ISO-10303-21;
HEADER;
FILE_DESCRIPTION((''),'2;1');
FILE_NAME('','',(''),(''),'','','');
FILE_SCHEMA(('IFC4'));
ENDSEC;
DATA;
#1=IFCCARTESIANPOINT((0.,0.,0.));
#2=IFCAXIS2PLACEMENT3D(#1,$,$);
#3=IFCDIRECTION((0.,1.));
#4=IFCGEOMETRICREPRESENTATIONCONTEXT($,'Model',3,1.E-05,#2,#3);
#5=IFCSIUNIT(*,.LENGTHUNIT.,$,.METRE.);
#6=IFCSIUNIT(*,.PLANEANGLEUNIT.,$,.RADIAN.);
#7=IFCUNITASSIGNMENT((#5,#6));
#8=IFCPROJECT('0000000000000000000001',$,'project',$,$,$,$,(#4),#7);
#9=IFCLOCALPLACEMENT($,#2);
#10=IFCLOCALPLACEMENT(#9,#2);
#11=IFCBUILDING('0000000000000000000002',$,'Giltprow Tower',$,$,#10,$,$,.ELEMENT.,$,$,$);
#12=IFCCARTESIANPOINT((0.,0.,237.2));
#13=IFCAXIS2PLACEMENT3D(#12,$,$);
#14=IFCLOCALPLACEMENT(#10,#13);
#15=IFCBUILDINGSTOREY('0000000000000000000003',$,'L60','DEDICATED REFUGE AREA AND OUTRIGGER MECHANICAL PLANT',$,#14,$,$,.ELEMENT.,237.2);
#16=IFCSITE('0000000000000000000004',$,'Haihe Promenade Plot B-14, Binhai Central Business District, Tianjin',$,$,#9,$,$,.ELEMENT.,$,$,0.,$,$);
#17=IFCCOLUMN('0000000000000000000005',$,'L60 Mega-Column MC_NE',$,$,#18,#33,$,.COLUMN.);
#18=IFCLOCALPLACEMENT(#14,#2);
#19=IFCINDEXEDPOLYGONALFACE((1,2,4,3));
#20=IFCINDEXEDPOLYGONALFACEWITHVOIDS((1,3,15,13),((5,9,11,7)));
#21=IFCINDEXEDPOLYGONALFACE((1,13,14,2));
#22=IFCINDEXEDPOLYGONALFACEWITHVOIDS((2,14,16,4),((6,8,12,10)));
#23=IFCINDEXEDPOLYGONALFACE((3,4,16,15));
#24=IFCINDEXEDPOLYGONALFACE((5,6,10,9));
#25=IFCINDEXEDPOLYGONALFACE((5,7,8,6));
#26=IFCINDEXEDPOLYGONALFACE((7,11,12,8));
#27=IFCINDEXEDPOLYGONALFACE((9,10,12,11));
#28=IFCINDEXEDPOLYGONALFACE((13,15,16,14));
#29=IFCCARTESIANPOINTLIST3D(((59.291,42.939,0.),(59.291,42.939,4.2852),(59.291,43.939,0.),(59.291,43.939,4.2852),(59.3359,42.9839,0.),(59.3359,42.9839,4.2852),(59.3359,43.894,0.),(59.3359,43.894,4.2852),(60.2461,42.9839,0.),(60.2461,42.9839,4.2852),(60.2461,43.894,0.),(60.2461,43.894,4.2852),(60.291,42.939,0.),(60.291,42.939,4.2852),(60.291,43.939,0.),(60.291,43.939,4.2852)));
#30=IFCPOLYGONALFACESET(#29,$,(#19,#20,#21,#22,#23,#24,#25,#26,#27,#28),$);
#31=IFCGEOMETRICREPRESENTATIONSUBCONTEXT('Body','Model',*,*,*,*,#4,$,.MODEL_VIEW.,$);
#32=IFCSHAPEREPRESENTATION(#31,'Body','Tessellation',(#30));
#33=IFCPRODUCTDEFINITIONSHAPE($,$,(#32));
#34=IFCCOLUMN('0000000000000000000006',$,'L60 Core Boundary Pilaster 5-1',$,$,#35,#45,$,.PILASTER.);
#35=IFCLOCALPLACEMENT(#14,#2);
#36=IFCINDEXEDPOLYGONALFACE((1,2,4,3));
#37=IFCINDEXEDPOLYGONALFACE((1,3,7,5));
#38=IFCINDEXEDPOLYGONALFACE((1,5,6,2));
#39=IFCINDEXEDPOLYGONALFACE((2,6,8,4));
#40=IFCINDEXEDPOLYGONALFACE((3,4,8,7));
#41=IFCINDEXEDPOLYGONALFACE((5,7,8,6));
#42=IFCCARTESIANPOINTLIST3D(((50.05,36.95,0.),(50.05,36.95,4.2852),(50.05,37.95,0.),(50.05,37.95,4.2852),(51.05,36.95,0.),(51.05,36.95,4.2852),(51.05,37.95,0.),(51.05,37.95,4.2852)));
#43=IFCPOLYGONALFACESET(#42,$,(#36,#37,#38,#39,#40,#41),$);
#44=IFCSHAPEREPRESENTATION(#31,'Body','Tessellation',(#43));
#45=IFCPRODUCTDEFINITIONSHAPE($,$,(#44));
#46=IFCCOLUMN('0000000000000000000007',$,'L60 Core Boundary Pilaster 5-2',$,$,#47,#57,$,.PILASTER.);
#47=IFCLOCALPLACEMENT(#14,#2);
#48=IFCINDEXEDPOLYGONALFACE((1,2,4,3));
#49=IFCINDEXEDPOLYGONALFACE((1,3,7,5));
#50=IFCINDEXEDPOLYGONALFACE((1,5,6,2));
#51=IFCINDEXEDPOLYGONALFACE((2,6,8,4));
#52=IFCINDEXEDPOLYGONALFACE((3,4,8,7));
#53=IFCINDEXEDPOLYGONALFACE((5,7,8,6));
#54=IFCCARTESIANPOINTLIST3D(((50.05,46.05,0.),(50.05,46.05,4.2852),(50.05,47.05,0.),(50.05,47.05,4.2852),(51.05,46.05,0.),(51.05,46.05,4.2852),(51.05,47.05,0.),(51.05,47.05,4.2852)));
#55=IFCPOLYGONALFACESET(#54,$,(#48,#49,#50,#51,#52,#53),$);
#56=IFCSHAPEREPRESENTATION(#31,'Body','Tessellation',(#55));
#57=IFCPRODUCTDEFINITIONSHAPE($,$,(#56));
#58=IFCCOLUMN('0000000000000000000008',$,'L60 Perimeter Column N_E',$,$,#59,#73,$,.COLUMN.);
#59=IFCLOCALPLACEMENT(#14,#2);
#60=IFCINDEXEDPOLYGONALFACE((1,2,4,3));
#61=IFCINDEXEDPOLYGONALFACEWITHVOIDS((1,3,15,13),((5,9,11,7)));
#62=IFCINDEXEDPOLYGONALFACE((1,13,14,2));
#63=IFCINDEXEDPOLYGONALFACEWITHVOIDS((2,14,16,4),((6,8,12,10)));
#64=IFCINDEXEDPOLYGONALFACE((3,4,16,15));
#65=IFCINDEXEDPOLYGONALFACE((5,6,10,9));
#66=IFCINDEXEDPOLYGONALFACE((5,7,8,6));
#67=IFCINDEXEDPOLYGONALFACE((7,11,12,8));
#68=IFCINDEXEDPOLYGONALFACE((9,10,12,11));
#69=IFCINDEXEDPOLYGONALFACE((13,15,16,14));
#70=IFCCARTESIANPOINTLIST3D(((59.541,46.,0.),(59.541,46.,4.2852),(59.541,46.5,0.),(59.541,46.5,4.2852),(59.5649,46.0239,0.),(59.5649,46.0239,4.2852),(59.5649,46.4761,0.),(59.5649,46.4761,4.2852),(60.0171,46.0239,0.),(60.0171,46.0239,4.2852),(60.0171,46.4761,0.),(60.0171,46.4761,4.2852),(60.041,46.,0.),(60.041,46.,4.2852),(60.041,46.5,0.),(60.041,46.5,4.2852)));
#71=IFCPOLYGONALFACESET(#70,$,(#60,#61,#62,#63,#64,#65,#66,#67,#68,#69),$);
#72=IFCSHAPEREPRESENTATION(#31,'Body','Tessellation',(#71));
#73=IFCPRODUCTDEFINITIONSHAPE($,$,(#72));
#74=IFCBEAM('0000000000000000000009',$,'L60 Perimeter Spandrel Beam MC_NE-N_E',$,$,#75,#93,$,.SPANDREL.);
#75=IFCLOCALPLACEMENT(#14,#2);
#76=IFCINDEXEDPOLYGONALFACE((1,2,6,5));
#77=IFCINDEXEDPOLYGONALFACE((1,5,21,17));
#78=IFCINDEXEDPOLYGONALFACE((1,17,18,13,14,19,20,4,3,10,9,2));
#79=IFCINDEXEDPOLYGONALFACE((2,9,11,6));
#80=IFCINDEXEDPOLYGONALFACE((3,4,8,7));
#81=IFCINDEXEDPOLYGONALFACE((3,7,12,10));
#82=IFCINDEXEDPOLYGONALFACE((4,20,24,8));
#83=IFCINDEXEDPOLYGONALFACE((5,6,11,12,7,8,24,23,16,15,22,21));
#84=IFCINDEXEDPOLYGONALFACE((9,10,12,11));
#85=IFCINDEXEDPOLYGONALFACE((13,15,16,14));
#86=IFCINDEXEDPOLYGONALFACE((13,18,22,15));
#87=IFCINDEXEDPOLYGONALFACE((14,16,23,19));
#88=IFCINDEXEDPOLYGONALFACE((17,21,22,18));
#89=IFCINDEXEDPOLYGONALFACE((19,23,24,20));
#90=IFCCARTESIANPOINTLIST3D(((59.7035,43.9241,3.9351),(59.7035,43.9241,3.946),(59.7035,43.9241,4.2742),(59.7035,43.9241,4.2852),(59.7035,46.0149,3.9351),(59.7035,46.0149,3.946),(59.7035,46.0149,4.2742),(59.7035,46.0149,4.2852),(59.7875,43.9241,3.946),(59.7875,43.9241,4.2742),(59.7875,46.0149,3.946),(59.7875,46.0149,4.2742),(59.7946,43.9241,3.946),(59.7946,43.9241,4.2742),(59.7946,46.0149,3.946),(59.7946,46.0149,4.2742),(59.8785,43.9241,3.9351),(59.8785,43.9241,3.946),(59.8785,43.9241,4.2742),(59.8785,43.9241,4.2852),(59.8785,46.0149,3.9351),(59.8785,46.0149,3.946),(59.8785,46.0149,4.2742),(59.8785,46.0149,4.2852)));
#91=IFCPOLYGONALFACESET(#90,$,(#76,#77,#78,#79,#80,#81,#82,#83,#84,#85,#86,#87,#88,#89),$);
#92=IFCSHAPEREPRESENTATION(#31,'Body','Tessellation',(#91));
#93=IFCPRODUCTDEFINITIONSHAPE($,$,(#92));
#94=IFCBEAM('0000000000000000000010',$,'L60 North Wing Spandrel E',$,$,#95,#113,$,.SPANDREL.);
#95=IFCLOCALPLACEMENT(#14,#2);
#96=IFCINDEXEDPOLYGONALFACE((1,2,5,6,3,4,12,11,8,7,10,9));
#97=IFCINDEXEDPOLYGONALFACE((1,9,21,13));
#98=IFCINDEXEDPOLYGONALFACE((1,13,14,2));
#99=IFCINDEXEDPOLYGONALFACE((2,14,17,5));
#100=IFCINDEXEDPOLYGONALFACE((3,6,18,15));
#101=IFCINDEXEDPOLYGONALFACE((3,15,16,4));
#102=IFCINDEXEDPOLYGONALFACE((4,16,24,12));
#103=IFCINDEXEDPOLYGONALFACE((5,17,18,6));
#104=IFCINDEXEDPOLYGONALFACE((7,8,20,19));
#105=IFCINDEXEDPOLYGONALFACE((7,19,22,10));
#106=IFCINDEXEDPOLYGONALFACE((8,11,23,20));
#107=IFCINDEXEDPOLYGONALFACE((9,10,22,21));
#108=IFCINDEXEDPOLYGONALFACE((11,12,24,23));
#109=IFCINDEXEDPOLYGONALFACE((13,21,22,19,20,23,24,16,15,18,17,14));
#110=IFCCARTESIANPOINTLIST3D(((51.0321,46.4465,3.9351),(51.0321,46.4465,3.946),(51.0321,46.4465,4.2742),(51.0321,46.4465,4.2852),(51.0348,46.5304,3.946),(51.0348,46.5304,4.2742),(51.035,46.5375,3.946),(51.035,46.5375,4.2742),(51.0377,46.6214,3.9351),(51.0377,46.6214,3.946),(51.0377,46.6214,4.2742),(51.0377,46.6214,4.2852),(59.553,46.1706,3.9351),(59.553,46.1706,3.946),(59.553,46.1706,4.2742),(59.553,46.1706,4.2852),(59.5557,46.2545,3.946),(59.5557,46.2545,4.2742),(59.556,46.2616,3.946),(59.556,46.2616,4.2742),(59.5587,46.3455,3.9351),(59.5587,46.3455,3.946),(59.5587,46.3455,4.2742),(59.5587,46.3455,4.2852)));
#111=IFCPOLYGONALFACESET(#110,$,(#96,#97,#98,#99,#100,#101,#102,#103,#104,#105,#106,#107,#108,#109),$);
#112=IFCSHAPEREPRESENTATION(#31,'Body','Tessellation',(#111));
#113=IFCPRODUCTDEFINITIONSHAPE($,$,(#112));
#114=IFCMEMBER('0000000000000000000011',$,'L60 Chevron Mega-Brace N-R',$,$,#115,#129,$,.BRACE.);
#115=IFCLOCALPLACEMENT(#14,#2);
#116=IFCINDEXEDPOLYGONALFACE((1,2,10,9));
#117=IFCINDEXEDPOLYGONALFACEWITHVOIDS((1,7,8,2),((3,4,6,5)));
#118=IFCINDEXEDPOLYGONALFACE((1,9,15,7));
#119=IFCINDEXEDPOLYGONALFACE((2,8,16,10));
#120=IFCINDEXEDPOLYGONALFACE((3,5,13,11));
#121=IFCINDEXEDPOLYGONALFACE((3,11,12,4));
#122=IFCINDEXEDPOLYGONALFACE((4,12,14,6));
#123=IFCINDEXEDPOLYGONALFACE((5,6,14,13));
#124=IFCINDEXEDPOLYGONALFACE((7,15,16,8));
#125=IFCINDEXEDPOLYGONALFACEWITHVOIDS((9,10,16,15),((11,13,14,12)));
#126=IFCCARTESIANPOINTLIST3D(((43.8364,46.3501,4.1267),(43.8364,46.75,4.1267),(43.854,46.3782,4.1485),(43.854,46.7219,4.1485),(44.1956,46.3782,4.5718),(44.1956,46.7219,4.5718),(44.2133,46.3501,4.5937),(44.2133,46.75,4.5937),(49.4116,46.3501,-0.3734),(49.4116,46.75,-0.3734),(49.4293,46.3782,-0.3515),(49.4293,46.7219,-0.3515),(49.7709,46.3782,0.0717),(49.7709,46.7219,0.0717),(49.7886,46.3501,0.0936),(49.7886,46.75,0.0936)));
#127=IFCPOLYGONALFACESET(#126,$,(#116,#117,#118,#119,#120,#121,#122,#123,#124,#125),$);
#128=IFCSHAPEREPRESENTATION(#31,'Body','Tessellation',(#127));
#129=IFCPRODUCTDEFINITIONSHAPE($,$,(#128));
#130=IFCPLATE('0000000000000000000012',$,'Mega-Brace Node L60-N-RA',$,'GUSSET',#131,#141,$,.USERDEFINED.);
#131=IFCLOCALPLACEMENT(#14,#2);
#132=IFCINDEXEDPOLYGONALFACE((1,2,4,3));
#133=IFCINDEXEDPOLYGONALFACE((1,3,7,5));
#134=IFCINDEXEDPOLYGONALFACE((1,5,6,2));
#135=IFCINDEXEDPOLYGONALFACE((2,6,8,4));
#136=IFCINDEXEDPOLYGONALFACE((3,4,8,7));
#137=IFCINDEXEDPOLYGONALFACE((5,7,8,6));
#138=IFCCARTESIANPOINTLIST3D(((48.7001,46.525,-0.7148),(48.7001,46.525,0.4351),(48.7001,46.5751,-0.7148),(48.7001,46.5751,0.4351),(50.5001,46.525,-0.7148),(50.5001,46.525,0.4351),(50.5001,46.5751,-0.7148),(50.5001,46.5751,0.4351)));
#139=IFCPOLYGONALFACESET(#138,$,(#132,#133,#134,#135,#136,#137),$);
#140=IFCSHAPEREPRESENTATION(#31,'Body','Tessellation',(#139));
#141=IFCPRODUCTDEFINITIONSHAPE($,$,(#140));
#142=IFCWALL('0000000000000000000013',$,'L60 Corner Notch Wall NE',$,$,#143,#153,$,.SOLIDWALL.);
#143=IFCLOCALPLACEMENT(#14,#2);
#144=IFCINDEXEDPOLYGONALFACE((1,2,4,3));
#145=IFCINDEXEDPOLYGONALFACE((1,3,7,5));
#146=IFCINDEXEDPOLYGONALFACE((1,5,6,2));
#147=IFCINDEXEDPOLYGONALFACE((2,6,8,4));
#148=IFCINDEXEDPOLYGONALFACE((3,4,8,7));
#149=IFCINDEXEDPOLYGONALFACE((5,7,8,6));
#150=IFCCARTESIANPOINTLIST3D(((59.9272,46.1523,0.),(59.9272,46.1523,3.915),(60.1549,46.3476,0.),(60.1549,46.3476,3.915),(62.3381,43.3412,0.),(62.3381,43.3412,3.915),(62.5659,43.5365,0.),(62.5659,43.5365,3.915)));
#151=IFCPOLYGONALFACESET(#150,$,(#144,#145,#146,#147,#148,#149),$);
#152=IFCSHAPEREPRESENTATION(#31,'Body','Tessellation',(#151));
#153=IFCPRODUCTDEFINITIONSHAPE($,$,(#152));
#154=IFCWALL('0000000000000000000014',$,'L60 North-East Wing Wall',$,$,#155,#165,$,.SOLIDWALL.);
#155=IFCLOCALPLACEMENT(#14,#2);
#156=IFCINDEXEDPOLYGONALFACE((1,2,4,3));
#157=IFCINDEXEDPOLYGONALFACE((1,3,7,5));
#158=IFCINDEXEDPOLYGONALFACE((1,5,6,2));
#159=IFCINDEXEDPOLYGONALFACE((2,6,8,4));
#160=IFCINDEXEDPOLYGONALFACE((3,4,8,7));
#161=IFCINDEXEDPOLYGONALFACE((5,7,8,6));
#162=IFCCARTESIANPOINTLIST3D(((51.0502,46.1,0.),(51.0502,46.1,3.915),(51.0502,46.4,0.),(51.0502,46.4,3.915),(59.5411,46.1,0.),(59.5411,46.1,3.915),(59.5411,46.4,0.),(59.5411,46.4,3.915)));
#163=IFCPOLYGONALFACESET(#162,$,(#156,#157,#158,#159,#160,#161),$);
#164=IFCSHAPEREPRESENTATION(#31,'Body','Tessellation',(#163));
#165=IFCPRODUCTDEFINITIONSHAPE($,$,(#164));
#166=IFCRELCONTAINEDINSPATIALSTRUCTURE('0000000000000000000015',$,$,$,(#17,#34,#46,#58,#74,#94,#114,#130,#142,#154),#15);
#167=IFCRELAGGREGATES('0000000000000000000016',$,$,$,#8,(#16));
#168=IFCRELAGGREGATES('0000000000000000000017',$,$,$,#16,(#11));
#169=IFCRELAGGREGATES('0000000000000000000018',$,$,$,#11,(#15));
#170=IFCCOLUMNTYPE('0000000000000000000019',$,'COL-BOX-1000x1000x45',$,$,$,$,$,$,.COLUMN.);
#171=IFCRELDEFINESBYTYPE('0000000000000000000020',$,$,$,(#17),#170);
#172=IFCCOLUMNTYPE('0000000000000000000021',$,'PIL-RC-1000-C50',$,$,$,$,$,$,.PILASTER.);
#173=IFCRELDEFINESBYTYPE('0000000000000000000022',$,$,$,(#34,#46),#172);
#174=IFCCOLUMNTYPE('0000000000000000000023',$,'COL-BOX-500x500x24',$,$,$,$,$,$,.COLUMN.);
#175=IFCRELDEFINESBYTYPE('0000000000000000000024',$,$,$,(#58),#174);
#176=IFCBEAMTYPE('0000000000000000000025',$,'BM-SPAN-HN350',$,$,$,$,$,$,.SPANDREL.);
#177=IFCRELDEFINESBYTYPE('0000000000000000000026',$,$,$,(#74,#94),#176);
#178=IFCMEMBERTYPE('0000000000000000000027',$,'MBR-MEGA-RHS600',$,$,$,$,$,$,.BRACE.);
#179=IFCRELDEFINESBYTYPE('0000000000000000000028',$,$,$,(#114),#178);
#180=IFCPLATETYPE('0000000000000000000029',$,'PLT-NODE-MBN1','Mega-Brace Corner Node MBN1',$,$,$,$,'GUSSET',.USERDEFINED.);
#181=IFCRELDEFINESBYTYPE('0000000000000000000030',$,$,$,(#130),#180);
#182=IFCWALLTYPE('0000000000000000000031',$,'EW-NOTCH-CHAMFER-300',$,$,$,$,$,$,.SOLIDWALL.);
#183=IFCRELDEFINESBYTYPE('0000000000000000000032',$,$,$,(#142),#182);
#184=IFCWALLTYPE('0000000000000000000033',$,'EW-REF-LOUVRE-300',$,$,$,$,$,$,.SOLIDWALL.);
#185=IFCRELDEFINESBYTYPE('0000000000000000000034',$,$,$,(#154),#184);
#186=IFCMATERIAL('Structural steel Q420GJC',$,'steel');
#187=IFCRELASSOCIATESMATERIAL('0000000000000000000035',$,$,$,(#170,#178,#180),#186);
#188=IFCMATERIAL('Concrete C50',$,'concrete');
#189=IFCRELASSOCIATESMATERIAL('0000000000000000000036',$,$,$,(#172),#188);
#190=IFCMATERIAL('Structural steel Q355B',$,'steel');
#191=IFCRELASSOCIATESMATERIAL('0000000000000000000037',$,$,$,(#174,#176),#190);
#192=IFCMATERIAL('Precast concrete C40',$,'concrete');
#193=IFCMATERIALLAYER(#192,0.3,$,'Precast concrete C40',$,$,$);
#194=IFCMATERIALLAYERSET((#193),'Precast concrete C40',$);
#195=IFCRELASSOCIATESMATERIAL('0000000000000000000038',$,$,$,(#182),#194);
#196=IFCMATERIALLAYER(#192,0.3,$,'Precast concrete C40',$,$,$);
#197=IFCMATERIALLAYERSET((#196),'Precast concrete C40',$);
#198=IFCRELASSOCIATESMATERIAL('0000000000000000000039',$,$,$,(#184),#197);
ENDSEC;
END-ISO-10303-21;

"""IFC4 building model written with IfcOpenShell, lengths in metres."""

from ifc_helpers import new_model, si_unit, direction, frame, frame_2d, origin, origin_2d, place, context, subcontext, project, spatial, rectangle, hollow_rectangle, i_section, extrude, source, transform, mapped, material, layer, layer_set, material_profile, profile_set, type_object, element, save


model = new_model("IFC4")

# Units and contexts
model_context = context("Model", 3, precision=1e-05, world=origin(), true_north=direction((0.0, 1.0)))
body_context = subcontext(model_context, "Body", "Model", "MODEL_VIEW")
ifc_project = project(units=[si_unit("LENGTHUNIT", "METRE"), si_unit("PLANEANGLEUNIT", "RADIAN")], contexts=[model_context])

# Site, building, storey
site_placement = place(None, origin())
site = spatial("IfcSite", under=ifc_project, at=site_placement, Name="Haihe Promenade Plot B-14, Binhai Central Business District, Tianjin", CompositionType="ELEMENT", RefElevation=0.0)
building_placement = place(site_placement, origin())
building = spatial("IfcBuilding", under=site, at=building_placement, Name="Giltprow Tower", CompositionType="ELEMENT")
storey_placement = place(building_placement, frame((0.0, 0.0, 237.2)))
storey = spatial("IfcBuildingStorey", under=building, at=storey_placement, Name="L60", Description="DEDICATED REFUGE AREA AND OUTRIGGER MECHANICAL PLANT", CompositionType="ELEMENT", Elevation=237.2)

# Columns
ifc_material_1 = material(Name="Structural steel Q420GJC", Category="steel")
ifc_material_profile_1 = material_profile(ifc_material_1, hollow_rectangle(XDim=1.0, YDim=1.0, WallThickness=0.0449, at=origin_2d()), Name="BOX 1000x1000x45")
ifc_profile_set_1 = profile_set([ifc_material_profile_1], Name="Structural steel Q420GJC")
column_type_1 = type_object("IfcColumnType", Name="COL-BOX-1000x1000x45", PredefinedType="COLUMN", material=ifc_profile_set_1)
shared_shape_1 = source(origin(), body_context, "Body", "SweptSolid", [
    extrude(hollow_rectangle(XDim=1.0, YDim=1.0, WallThickness=0.0449, at=origin_2d()), origin(), (0.0, 0.0, 1.0), 4.2852),
])
column_1_placement = place(storey_placement, frame((59.791, 43.439, 0.0), z_axis=(0.0, 0.0, 1.0), x_axis=(1.0, 0.0, 0.0)))
element("IfcColumn", 1, at=column_1_placement, inside=storey, type_object=column_type_1, Name="L60 Mega-Column MC_NE", PredefinedType="COLUMN", context=body_context, shape_type="MappedRepresentation", body=[
    mapped(shared_shape_1, transform((0.0, 0.0, 0.0), x_axis=(1.0, 0.0, 0.0), y_axis=(0.0, 1.0, 0.0), z_axis=(0.0, 0.0, 1.0), scale=1.0)),
])
ifc_material_2 = material(Name="Concrete C50", Category="concrete")
ifc_material_profile_2 = material_profile(ifc_material_2, rectangle(XDim=1.0, YDim=1.0, at=origin_2d()), Name="RC 1000x1000")
ifc_profile_set_2 = profile_set([ifc_material_profile_2], Name="Concrete C50")
column_type_2 = type_object("IfcColumnType", Name="PIL-RC-1000-C50", PredefinedType="PILASTER", material=ifc_profile_set_2)
shared_shape_2 = source(origin(), body_context, "Body", "SweptSolid", [
    extrude(rectangle(XDim=1.0, YDim=1.0, at=origin_2d()), origin(), (0.0, 0.0, 1.0), 4.2852),
])
for number, where, z_axis, x_axis, name in (
    (2, (50.55, 37.45, 0.0), (0.0, 0.0, 1.0), (1.0, 0.0, 0.0), "L60 Core Boundary Pilaster 5-1"),
    (3, (50.55, 46.55, 0.0), (0.0, 0.0, 1.0), (1.0, 0.0, 0.0), "L60 Core Boundary Pilaster 5-2"),
):
    element("IfcColumn", number, at=place(storey_placement, frame(where, z_axis=z_axis, x_axis=x_axis)), inside=storey, type_object=column_type_2, Name=name, PredefinedType="PILASTER", context=body_context, shape_type="MappedRepresentation", body=[
        mapped(shared_shape_2, transform((0.0, 0.0, 0.0), x_axis=(1.0, 0.0, 0.0), y_axis=(0.0, 1.0, 0.0), z_axis=(0.0, 0.0, 1.0), scale=1.0)),
    ])
ifc_material_3 = material(Name="Structural steel Q355B", Category="steel")
ifc_material_profile_3 = material_profile(ifc_material_3, hollow_rectangle(XDim=0.5, YDim=0.5, WallThickness=0.0239, at=origin_2d()), Name="BOX 500x500x24")
ifc_profile_set_3 = profile_set([ifc_material_profile_3], Name="Structural steel Q355B")
column_type_3 = type_object("IfcColumnType", Name="COL-BOX-500x500x24", PredefinedType="COLUMN", material=ifc_profile_set_3)
shared_shape_3 = source(origin(), body_context, "Body", "SweptSolid", [
    extrude(hollow_rectangle(XDim=0.5, YDim=0.5, WallThickness=0.0239, at=origin_2d()), origin(), (0.0, 0.0, 1.0), 4.2852),
])
column_2_placement = place(storey_placement, frame((59.791, 46.25, 0.0), z_axis=(0.0, 0.0, 1.0), x_axis=(1.0, 0.0, 0.0)))
element("IfcColumn", 4, at=column_2_placement, inside=storey, type_object=column_type_3, Name="L60 Perimeter Column N_E", PredefinedType="COLUMN", context=body_context, shape_type="MappedRepresentation", body=[
    mapped(shared_shape_3, transform((0.0, 0.0, 0.0), x_axis=(1.0, 0.0, 0.0), y_axis=(0.0, 1.0, 0.0), z_axis=(0.0, 0.0, 1.0), scale=1.0)),
])

# Beams
ifc_material_profile_4 = material_profile(ifc_material_3, i_section(OverallWidth=0.175, OverallDepth=0.3501, WebThickness=0.0071, FlangeThickness=0.011, at=origin_2d()), Name="HN 350x175x7x11")
ifc_profile_set_4 = profile_set([ifc_material_profile_4], Name="Structural steel Q355B")
beam_type = type_object("IfcBeamType", Name="BM-SPAN-HN350", PredefinedType="SPANDREL", material=ifc_profile_set_4)
shared_shape_4 = source(origin(), body_context, "Body", "SweptSolid", [
    extrude(i_section(OverallWidth=0.175, OverallDepth=0.3501, WebThickness=0.0071, FlangeThickness=0.011, at=origin_2d()), origin(), (0.0, 0.0, 1.0), 2.0908),
])
beam_1_placement = place(storey_placement, frame((59.791, 43.9241, 4.1101), z_axis=(0.0, 1.0, 0.0), x_axis=(-1.0, 0.0, 0.0)))
element("IfcBeam", 5, at=beam_1_placement, inside=storey, type_object=beam_type, Name="L60 Perimeter Spandrel Beam MC_NE-N_E", PredefinedType="SPANDREL", context=body_context, shape_type="MappedRepresentation", body=[
    mapped(shared_shape_4, transform((0.0, 0.0, 0.0), x_axis=(1.0, 0.0, 0.0), y_axis=(0.0, 1.0, 0.0), z_axis=(0.0, 0.0, 1.0), scale=1.0)),
])
shared_shape_5 = source(origin(), body_context, "Body", "SweptSolid", [
    extrude(i_section(OverallWidth=0.175, OverallDepth=0.3501, WebThickness=0.0071, FlangeThickness=0.011, at=origin_2d()), origin(), (0.0, 0.0, 1.0), 8.5254),
])
beam_2_placement = place(storey_placement, frame((51.0349, 46.5339, 4.1101), z_axis=(0.999476, -0.032359, 0.0), x_axis=(0.032359, 0.999476, 0.0)))
element("IfcBeam", 6, at=beam_2_placement, inside=storey, type_object=beam_type, Name="L60 North Wing Spandrel E", PredefinedType="SPANDREL", context=body_context, shape_type="MappedRepresentation", body=[
    mapped(shared_shape_5, transform((0.0, 0.0, 0.0), x_axis=(1.0, 0.0, 0.0), y_axis=(0.0, 1.0, 0.0), z_axis=(0.0, 0.0, 1.0), scale=1.0)),
])

# Member
ifc_material_profile_5 = material_profile(ifc_material_1, hollow_rectangle(XDim=0.3999, YDim=0.6001, WallThickness=0.0281, at=origin_2d()), Name="RHS 600x400x28")
ifc_profile_set_5 = profile_set([ifc_material_profile_5], Name="Structural steel Q420GJC")
member_type = type_object("IfcMemberType", Name="MBR-MEGA-RHS600", PredefinedType="BRACE", material=ifc_profile_set_5)
shared_shape_6 = source(origin(), body_context, "Body", "SweptSolid", [
    extrude(hollow_rectangle(XDim=0.3999, YDim=0.6001, WallThickness=0.0281, at=origin_2d()), origin(), (0.0, 0.0, 1.0), 7.1648),
])
member_placement = place(storey_placement, frame((49.6001, 46.55, -0.1399), z_axis=(-0.778149, 0.0, 0.62808), x_axis=(0.0, -1.0, 0.0)))
element("IfcMember", 7, at=member_placement, inside=storey, type_object=member_type, Name="L60 Chevron Mega-Brace N-R", PredefinedType="BRACE", context=body_context, shape_type="MappedRepresentation", body=[
    mapped(shared_shape_6, transform((0.0, 0.0, 0.0), x_axis=(1.0, 0.0, 0.0), y_axis=(0.0, 1.0, 0.0), z_axis=(0.0, 0.0, 1.0), scale=1.0)),
])

# Plate
plate_type = type_object("IfcPlateType", Name="PLT-NODE-MBN1", Description="Mega-Brace Corner Node MBN1", ElementType="GUSSET", PredefinedType="USERDEFINED", material=ifc_material_1)
shared_shape_7 = source(origin(), body_context, "Body", "SweptSolid", [
    extrude(rectangle(XDim=1.8, YDim=0.05, at=origin_2d()), origin(), (0.0, 0.0, 1.0), 1.1499),
])
plate_placement = place(storey_placement, frame((49.6001, 46.55, -0.7148), z_axis=(0.0, 0.0, 1.0), x_axis=(1.0, 0.0, 0.0)))
element("IfcPlate", 8, at=plate_placement, inside=storey, type_object=plate_type, Name="Mega-Brace Node L60-N-RA", ObjectType="GUSSET", PredefinedType="USERDEFINED", context=body_context, shape_type="MappedRepresentation", body=[
    mapped(shared_shape_7, transform((0.0, 0.0, 0.0), x_axis=(1.0, 0.0, 0.0), y_axis=(0.0, 1.0, 0.0), z_axis=(0.0, 0.0, 1.0), scale=1.0)),
])

# Walls
ifc_material_4 = material(Name="Precast concrete C40", Category="concrete")
ifc_layer_1 = layer(ifc_material_4, 0.3, Name="Precast concrete C40")
ifc_layer_set_1 = layer_set([ifc_layer_1], Name="Precast concrete C40")
wall_type_1 = type_object("IfcWallType", Name="EW-NOTCH-CHAMFER-300", PredefinedType="SOLIDWALL", material=ifc_layer_set_1)
wall_1_placement = place(storey_placement, frame((62.4519, 43.439, 0.0), z_axis=(0.0, 0.0, 1.0), x_axis=(-0.651014, 0.759066, 0.0)))
element("IfcWall", 9, at=wall_1_placement, inside=storey, type_object=wall_type_1, Name="L60 Corner Notch Wall NE", PredefinedType="SOLIDWALL", context=body_context, shape_type="SweptSolid", body=[
    extrude(rectangle(XDim=3.7034, YDim=0.3, at=frame_2d((1.8516, 0.0))), origin(), (0.0, 0.0, 1.0), 3.915),
])
ifc_layer_2 = layer(ifc_material_4, 0.3, Name="Precast concrete C40")
ifc_layer_set_2 = layer_set([ifc_layer_2], Name="Precast concrete C40")
wall_type_2 = type_object("IfcWallType", Name="EW-REF-LOUVRE-300", PredefinedType="SOLIDWALL", material=ifc_layer_set_2)
wall_2_placement = place(storey_placement, frame((51.05, 46.25, 0.0), z_axis=(0.0, 0.0, 1.0), x_axis=(1.0, 0.0, 0.0)))
element("IfcWall", 10, at=wall_2_placement, inside=storey, type_object=wall_type_2, Name="L60 North-East Wing Wall", PredefinedType="SOLIDWALL", context=body_context, shape_type="SweptSolid", body=[
    extrude(rectangle(XDim=8.491, YDim=0.3, at=frame_2d((4.2456, 0.0))), origin(), (0.0, 0.0, 1.0), 3.915),
])

save(model, "model.ifc")
